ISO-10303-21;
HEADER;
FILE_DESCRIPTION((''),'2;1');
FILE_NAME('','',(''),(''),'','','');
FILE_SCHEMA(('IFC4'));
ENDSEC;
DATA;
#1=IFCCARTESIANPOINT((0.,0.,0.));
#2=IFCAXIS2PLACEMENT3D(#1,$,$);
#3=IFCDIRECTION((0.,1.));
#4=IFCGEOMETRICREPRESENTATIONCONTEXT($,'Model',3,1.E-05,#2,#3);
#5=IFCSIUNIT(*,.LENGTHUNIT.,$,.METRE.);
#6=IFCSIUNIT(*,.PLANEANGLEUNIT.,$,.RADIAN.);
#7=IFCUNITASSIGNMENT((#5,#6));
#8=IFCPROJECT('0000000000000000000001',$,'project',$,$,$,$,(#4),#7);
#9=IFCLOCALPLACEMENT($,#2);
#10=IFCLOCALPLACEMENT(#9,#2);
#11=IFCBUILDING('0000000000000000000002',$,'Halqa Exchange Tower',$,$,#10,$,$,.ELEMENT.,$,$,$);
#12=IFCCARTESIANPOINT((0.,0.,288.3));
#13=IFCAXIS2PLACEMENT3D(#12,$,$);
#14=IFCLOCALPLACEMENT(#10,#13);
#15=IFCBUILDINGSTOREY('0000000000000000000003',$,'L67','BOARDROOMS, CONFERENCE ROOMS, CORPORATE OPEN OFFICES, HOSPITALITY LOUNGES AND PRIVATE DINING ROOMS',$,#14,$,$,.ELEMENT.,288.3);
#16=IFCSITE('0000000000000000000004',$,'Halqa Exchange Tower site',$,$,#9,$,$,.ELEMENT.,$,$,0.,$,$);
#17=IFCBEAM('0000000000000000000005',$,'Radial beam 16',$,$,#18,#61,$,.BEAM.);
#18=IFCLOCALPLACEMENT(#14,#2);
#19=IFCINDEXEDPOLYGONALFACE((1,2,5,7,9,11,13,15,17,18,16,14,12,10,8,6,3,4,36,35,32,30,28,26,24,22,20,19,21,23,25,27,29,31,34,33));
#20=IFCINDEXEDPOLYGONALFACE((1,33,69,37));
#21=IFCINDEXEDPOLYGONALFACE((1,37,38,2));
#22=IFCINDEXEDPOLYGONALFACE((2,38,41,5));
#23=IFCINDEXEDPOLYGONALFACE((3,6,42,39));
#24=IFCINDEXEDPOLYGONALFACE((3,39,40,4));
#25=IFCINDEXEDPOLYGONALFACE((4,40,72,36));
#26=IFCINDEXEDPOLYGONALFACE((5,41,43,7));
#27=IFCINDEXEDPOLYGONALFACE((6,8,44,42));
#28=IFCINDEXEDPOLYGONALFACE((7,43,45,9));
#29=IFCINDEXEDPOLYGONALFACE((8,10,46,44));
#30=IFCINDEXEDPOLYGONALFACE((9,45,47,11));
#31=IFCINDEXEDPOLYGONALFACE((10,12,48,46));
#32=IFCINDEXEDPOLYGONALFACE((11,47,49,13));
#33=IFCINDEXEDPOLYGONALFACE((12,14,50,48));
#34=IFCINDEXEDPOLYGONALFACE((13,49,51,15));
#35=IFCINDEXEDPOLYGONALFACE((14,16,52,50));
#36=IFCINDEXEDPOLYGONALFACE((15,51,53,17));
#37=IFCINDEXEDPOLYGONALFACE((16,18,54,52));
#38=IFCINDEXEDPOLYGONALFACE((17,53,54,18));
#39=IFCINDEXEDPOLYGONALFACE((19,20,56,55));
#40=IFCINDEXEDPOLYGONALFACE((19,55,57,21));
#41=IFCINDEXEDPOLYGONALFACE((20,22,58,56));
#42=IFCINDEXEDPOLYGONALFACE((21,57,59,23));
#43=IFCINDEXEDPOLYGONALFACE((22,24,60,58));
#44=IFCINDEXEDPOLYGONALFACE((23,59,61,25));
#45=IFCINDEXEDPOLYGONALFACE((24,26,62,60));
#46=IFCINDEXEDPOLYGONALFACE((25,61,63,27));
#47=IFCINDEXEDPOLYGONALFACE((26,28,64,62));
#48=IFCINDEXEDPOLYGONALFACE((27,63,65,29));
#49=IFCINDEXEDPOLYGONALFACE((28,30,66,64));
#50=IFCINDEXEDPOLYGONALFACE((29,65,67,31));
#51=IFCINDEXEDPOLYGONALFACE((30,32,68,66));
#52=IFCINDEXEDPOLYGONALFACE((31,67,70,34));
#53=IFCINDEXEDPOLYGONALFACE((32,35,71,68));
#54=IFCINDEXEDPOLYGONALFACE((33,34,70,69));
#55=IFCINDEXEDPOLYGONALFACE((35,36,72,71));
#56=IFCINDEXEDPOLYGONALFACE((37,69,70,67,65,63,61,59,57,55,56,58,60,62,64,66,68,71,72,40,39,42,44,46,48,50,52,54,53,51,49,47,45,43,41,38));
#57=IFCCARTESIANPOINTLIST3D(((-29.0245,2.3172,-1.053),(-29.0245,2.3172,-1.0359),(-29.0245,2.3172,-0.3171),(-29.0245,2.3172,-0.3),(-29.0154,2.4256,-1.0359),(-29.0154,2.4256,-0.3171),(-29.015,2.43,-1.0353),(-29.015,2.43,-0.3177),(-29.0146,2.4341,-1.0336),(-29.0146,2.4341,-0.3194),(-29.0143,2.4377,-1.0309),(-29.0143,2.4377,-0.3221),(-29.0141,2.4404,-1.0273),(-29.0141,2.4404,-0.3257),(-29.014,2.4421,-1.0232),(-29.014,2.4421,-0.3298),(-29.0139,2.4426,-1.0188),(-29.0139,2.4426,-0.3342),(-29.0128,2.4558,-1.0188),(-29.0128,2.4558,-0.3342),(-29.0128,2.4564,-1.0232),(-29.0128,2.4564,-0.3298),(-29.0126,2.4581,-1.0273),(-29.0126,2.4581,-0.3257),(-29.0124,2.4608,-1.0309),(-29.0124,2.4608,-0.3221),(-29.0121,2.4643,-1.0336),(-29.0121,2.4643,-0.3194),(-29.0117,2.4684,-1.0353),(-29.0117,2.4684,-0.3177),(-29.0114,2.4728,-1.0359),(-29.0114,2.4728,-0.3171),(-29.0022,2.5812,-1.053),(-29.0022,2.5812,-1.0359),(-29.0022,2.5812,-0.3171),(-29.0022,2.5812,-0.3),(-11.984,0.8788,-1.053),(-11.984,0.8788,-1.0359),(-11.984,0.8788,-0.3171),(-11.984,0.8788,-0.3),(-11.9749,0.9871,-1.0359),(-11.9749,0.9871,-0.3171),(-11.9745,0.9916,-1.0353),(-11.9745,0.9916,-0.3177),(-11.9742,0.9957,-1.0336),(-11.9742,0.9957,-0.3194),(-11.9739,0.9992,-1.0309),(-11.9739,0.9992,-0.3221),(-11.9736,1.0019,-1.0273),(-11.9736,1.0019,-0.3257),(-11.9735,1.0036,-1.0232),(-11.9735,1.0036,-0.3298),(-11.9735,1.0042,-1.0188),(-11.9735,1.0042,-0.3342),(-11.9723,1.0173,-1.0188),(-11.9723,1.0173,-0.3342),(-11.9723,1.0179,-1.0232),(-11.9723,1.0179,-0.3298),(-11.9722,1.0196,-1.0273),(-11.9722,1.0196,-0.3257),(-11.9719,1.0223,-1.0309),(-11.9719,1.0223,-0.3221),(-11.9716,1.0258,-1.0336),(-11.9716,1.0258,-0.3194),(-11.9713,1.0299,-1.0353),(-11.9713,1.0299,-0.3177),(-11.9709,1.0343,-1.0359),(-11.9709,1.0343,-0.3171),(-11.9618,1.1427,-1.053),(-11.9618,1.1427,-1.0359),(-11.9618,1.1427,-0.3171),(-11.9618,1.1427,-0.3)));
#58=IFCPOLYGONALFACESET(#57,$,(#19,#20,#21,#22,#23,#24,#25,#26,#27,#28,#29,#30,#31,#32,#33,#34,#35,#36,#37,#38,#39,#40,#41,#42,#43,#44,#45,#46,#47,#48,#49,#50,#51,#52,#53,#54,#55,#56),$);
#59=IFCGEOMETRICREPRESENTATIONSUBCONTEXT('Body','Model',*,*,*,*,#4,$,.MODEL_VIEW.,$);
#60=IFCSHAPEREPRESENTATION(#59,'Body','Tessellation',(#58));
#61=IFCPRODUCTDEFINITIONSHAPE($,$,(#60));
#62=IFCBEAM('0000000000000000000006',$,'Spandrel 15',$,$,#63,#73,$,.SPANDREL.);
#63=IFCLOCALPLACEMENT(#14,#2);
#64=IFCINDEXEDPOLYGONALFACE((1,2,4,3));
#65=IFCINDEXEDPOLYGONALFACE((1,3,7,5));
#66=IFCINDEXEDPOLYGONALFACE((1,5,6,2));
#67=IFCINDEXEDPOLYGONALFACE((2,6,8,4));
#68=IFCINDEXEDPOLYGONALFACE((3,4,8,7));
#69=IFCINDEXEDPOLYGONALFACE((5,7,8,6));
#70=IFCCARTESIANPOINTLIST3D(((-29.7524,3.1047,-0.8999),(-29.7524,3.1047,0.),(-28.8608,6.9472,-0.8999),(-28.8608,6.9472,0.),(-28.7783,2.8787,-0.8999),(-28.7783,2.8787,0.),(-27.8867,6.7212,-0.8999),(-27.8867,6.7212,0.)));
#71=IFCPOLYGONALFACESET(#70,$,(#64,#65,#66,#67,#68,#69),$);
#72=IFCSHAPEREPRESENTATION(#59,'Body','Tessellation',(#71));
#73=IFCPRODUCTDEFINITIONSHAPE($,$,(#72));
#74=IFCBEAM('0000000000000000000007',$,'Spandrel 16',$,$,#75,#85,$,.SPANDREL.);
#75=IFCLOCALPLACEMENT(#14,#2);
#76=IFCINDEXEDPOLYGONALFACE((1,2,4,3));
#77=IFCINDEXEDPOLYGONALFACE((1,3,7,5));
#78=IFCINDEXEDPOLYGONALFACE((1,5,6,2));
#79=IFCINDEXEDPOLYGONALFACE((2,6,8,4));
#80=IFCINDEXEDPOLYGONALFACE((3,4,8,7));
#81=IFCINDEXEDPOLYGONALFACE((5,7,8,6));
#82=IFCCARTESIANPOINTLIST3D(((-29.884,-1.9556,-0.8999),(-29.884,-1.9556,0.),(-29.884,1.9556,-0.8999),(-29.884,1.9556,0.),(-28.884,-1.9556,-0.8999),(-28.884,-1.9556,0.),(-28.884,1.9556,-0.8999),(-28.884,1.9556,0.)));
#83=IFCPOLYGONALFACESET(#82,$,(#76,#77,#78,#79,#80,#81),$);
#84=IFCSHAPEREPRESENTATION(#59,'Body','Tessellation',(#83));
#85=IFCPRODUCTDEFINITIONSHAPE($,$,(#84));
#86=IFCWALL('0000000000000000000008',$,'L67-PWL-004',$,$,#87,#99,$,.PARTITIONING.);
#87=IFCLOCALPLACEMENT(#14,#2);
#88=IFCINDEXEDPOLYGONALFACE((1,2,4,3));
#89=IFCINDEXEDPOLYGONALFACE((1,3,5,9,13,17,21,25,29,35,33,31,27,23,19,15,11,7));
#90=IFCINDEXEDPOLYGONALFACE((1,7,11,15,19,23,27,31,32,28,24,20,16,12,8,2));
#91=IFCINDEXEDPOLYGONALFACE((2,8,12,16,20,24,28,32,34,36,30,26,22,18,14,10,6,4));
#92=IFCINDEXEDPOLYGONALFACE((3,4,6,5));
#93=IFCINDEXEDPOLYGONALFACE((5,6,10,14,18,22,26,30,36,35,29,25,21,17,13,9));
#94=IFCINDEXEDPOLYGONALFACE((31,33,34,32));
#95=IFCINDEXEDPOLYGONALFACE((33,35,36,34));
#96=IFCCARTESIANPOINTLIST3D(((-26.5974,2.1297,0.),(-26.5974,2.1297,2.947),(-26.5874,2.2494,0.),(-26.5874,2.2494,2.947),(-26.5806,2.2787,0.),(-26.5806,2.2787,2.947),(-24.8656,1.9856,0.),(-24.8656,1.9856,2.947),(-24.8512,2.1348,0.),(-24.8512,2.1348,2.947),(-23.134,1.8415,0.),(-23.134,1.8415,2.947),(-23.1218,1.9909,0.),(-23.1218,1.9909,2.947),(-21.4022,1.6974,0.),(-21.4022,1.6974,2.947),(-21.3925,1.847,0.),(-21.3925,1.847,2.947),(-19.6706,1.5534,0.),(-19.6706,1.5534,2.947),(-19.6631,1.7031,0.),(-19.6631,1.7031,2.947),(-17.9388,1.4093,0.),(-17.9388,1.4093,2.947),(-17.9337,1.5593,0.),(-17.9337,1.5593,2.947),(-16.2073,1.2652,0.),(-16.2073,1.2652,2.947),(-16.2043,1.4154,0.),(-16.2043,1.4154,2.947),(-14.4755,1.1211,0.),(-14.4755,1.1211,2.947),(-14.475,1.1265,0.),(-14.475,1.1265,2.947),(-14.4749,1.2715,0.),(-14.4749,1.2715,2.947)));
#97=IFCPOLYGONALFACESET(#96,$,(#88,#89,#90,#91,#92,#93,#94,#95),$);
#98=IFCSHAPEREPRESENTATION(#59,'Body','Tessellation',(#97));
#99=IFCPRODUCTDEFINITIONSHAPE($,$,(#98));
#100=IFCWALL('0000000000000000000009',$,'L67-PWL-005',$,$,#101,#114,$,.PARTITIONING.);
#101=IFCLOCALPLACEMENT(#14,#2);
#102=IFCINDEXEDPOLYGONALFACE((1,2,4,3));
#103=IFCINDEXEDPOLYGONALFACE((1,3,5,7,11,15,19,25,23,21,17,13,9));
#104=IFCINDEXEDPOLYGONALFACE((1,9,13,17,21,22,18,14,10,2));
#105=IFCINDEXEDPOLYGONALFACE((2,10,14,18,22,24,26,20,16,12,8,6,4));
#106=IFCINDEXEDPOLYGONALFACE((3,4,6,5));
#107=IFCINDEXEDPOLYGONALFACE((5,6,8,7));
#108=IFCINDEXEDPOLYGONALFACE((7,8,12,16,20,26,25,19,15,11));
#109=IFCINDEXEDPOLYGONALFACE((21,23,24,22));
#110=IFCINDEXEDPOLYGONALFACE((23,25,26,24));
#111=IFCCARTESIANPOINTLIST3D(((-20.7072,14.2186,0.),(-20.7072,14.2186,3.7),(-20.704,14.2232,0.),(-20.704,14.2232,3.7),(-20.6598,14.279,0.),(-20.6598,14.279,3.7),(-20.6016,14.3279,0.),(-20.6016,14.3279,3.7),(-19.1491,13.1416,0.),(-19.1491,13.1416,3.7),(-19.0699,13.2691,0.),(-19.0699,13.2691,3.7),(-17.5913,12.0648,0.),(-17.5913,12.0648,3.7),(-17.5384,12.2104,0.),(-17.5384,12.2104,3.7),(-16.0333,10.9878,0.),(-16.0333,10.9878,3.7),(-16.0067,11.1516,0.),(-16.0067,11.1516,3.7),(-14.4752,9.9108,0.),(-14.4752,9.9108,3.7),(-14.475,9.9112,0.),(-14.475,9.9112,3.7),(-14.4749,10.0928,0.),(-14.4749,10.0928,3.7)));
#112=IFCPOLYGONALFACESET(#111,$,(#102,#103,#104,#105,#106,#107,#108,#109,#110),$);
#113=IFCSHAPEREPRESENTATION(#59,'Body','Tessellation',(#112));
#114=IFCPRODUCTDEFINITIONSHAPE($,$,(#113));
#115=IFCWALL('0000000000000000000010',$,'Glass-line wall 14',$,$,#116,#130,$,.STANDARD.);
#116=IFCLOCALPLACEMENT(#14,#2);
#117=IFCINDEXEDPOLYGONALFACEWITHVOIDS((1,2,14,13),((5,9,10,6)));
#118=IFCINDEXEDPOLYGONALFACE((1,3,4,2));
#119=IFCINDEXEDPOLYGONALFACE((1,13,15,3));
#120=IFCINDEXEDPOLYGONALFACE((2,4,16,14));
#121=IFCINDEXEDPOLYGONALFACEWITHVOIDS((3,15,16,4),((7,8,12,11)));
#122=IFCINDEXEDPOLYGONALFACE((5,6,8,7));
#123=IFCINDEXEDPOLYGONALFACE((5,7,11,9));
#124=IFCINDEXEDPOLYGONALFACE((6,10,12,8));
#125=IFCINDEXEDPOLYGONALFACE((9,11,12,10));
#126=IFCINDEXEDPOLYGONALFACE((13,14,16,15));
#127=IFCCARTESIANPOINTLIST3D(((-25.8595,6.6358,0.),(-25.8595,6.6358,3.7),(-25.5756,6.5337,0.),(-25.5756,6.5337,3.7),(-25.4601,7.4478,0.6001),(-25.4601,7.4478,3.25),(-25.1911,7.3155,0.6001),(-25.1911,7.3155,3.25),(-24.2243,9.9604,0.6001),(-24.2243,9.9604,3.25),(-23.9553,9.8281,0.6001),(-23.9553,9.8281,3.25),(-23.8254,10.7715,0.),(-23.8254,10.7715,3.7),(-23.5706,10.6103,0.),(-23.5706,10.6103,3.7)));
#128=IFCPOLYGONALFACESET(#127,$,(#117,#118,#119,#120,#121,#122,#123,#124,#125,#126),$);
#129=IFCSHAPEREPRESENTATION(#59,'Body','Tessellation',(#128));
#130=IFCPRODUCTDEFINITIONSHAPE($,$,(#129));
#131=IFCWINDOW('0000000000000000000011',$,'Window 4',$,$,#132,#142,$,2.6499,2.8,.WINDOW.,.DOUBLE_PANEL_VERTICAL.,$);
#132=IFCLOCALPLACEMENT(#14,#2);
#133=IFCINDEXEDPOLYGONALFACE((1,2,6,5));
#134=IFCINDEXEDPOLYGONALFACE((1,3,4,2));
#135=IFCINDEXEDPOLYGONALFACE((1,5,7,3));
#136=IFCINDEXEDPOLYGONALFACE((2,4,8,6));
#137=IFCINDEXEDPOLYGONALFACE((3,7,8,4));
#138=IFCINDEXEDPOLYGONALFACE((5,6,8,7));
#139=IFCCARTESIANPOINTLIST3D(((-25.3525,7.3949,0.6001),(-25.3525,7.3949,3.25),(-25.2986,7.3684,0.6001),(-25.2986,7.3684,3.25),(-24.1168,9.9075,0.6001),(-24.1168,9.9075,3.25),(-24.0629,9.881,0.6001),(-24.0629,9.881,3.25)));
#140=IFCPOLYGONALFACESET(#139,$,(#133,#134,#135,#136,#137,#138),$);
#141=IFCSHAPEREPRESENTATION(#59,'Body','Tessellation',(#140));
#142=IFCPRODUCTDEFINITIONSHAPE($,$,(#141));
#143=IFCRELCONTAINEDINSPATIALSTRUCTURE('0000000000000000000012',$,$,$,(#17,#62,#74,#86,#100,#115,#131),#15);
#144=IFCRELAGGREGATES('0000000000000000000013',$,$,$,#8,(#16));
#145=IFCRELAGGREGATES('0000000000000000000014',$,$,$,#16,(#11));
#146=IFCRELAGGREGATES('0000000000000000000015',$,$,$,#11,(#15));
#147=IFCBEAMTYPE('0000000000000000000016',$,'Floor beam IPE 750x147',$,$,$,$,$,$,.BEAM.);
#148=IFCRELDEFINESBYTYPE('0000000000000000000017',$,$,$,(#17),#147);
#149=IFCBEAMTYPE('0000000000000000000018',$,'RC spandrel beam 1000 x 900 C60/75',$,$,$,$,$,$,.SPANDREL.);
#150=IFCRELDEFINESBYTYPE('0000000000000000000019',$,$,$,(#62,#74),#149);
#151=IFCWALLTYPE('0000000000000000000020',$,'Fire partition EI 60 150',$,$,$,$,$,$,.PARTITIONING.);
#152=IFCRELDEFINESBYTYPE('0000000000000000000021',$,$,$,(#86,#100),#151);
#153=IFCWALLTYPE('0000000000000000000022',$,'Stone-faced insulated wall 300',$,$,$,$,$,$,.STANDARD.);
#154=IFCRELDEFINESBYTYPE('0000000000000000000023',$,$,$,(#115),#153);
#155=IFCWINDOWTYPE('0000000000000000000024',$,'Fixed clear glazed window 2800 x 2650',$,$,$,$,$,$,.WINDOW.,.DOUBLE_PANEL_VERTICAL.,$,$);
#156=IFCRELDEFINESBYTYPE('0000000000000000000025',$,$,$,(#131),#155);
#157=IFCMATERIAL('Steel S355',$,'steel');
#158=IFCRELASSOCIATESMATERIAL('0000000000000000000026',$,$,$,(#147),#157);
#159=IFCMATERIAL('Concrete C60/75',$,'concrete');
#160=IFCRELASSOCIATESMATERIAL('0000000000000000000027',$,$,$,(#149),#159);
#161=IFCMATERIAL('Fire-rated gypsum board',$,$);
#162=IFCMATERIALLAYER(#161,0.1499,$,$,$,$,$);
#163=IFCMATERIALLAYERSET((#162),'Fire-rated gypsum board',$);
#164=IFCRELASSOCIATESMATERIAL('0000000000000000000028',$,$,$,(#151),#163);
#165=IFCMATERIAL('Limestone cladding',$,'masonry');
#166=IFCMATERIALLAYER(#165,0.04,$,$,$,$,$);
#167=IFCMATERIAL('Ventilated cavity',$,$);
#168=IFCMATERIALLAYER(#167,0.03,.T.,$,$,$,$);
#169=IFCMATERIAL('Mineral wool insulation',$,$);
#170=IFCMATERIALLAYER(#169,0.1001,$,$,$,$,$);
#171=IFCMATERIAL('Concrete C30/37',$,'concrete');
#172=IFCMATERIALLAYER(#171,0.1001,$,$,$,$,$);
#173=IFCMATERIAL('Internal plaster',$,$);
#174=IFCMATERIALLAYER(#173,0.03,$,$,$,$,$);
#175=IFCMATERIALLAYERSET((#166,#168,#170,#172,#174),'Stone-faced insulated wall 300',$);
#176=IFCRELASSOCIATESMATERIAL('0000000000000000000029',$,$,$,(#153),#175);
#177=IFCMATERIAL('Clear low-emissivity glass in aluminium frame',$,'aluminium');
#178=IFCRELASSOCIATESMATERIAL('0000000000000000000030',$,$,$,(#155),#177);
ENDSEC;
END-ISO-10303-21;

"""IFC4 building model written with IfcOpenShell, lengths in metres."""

from ifc_helpers import new_model, si_unit, direction, frame, frame_2d, origin, origin_2d, place, context, subcontext, project, spatial, polyline, rectangle, i_section, outline, extrude, material, layer, layer_set, material_profile, profile_set, type_object, element, fill, save


model = new_model("IFC4")

# Units and contexts
model_context = context("Model", 3, precision=1e-05, world=origin(), true_north=direction((0.0, 1.0)))
body_context = subcontext(model_context, "Body", "Model", "MODEL_VIEW")
ifc_project = project(units=[si_unit("LENGTHUNIT", "METRE"), si_unit("PLANEANGLEUNIT", "RADIAN")], contexts=[model_context])

# Site, building, storey
site_placement = place(None, origin())
site = spatial("IfcSite", under=ifc_project, at=site_placement, Name="Halqa Exchange Tower site", CompositionType="ELEMENT", RefElevation=0.0)
building_placement = place(site_placement, origin())
building = spatial("IfcBuilding", under=site, at=building_placement, Name="Halqa Exchange Tower", CompositionType="ELEMENT")
storey_placement = place(building_placement, frame((0.0, 0.0, 288.3)))
storey = spatial("IfcBuildingStorey", under=building, at=storey_placement, Name="L67", Description="BOARDROOMS, CONFERENCE ROOMS, CORPORATE OPEN OFFICES, HOSPITALITY LOUNGES AND PRIVATE DINING ROOMS", CompositionType="ELEMENT", Elevation=288.3)

# Shared definitions
ifc_material_1 = material(Name="Concrete C60/75", Category="concrete")

# Beams
ifc_material_2 = material(Name="Steel S355", Category="steel")
ifc_material_profile_1 = material_profile(ifc_material_2, i_section(OverallWidth=0.2649, OverallDepth=0.7529, WebThickness=0.0132, FlangeThickness=0.0171, FilletRadius=0.0171, at=origin_2d()), Name="IPE 750x147")
ifc_profile_set_1 = profile_set([ifc_material_profile_1], Name="Steel S355")
beam_type_1 = type_object("IfcBeamType", Name="Floor beam IPE 750x147", PredefinedType="BEAM", material=ifc_profile_set_1)
beam_1_placement = place(storey_placement, frame((-11.9729, 1.0107, -0.6765), z_axis=(-0.996456, 0.084116, 0.0), x_axis=(-0.084116, -0.996456, 0.0)))
element("IfcBeam", 1, at=beam_1_placement, inside=storey, type_object=beam_type_1, Name="Radial beam 16", PredefinedType="BEAM", context=body_context, shape_type="SweptSolid", body=[
    extrude(i_section(OverallWidth=0.2649, OverallDepth=0.7529, WebThickness=0.0132, FlangeThickness=0.0171, FilletRadius=0.0171, at=origin_2d()), origin(), (0.0, 0.0, 1.0), 17.1011),
])
ifc_material_profile_2 = material_profile(ifc_material_1, rectangle(XDim=1.0, YDim=0.8999, at=origin_2d()), Name="1000 x 900")
ifc_profile_set_2 = profile_set([ifc_material_profile_2], Name="Concrete C60/75")
beam_type_2 = type_object("IfcBeamType", Name="RC spandrel beam 1000 x 900 C60/75", PredefinedType="SPANDREL", material=ifc_profile_set_2)
beam_2_placement = place(storey_placement, frame((-28.3738, 6.8342, -0.45), z_axis=(-0.22603, -0.97412, 0.0), x_axis=(0.97412, -0.22603, 0.0)))
element("IfcBeam", 2, at=beam_2_placement, inside=storey, type_object=beam_type_2, Name="Spandrel 15", PredefinedType="SPANDREL", context=body_context, shape_type="SweptSolid", body=[
    extrude(rectangle(XDim=1.0, YDim=0.8999, at=origin_2d()), origin(), (0.0, 0.0, 1.0), 3.9446),
])
beam_3_placement = place(storey_placement, frame((-29.384, 1.9556, -0.45), z_axis=(0.0, -1.0, 0.0), x_axis=(1.0, 0.0, 0.0)))
element("IfcBeam", 3, at=beam_3_placement, inside=storey, type_object=beam_type_2, Name="Spandrel 16", PredefinedType="SPANDREL", context=body_context, shape_type="SweptSolid", body=[
    extrude(rectangle(XDim=1.0, YDim=0.8999, at=origin_2d()), origin(), (0.0, 0.0, 1.0), 3.9111),
])

# Walls
ifc_material_3 = material(Name="Fire-rated gypsum board")
ifc_layer_1 = layer(ifc_material_3, 0.1499)
ifc_layer_set_1 = layer_set([ifc_layer_1], Name="Fire-rated gypsum board")
wall_type_1 = type_object("IfcWallType", Name="Fire partition EI 60 150", PredefinedType="PARTITIONING", material=ifc_layer_set_1)
wall_1_placement = place(storey_placement, frame((-14.4692, 1.1958, 0.0), z_axis=(0.0, 0.0, 1.0), x_axis=(-0.996557, 0.082914, 0.0)))
element("IfcWall", 4, at=wall_1_placement, inside=storey, type_object=wall_type_1, Name="L67-PWL-004", PredefinedType="PARTITIONING", context=body_context, shape_type="SweptSolid", body=[
    extrude(outline(polyline([(0.012, -0.075), (1.7473, -0.075), (3.4827, -0.075), (5.218, -0.075), (6.9534, -0.075), (8.6887, -0.075), (10.4241, -0.075), (12.1594, -0.075), (12.1638, -0.0452), (12.1638, 0.075), (10.426, 0.075), (8.6885, 0.075), (6.9507, 0.075), (5.2131, 0.075), (3.4753, 0.075), (1.7378, 0.075), (0.0, 0.075), (0.0, 0.0696), (0.012, -0.075)])), origin(), (0.0, 0.0, 1.0), 2.947),
])
wall_2_placement = place(storey_placement, frame((-14.4326, 9.9724, 0.0), z_axis=(0.0, 0.0, 1.0), x_axis=(-0.822597, 0.568625, 0.0)))
element("IfcWall", 5, at=wall_2_placement, inside=storey, type_object=wall_type_1, Name="L67-PWL-005", PredefinedType="PARTITIONING", context=body_context, shape_type="SweptSolid", body=[
    extrude(outline(polyline([(0.1033, -0.075), (1.9653, -0.075), (3.8274, -0.075), (5.6892, -0.075), (7.5513, -0.075), (7.5713, -0.0017), (7.5759, 0.0693), (7.5759, 0.075), (5.6819, 0.075), (3.7881, 0.075), (1.894, 0.075), (0.0, 0.075), (0.0, 0.0745), (0.1033, -0.075)])), origin(), (0.0, 0.0, 1.0), 3.7),
])

# Wall, opening, window
ifc_material_4 = material(Name="Limestone cladding", Category="masonry")
ifc_layer_2 = layer(ifc_material_4, 0.04)
ifc_material_5 = material(Name="Ventilated cavity")
ifc_layer_3 = layer(ifc_material_5, 0.03, ventilated=True)
ifc_material_6 = material(Name="Mineral wool insulation")
ifc_layer_4 = layer(ifc_material_6, 0.1001)
ifc_material_7 = material(Name="Concrete C30/37", Category="concrete")
ifc_layer_5 = layer(ifc_material_7, 0.1001)
ifc_material_8 = material(Name="Internal plaster")
ifc_layer_6 = layer(ifc_material_8, 0.03)
ifc_layer_set_2 = layer_set([ifc_layer_2, ifc_layer_3, ifc_layer_4, ifc_layer_5, ifc_layer_6], Name="Stone-faced insulated wall 300")
wall_type_2 = type_object("IfcWallType", Name="Stone-faced insulated wall 300", PredefinedType="STANDARD", material=ifc_layer_set_2)
wall_3_placement = place(storey_placement, frame((-23.698, 10.6909, 0.0), z_axis=(0.0, 0.0, 1.0), x_axis=(-0.441335, -0.897342, 0.0)))
wall_3 = element("IfcWall", 6, at=wall_3_placement, inside=storey, type_object=wall_type_2, Name="Glass-line wall 14", PredefinedType="STANDARD", context=body_context, shape_type="SweptSolid", body=[
    extrude(outline(polyline([(-0.0161, -0.1499), (4.5928, -0.1499), (4.5591, 0.1499), (0.0161, 0.1499), (-0.0161, -0.1499)])), origin(), (0.0, 0.0, 1.0), 3.7),
])
opening_1_placement = place(wall_3_placement, frame((0.8879, 0.0, 0.6001)))
opening_1 = element("IfcOpeningElement", 7, at=opening_1_placement, cuts=wall_3, PredefinedType="OPENING", context=body_context, shape_type="SweptSolid", body=[
    extrude(rectangle(XDim=2.8, YDim=2.6499, at=frame_2d((1.3999, 1.325))), frame((0.0, 0.1621, 0.0), z_axis=(0.0, -1.0, 0.0), x_axis=(1.0, 0.0, 0.0)), (0.0, 0.0, 1.0), 0.324),
])
ifc_material_9 = material(Name="Clear low-emissivity glass in aluminium frame", Category="aluminium")
window_type = type_object("IfcWindowType", Name="Fixed clear glazed window 2800 x 2650", PartitioningType="DOUBLE_PANEL_VERTICAL", PredefinedType="WINDOW", material=ifc_material_9)
window_1_placement = place(opening_1_placement, origin())
window_1 = element("IfcWindow", 8, at=window_1_placement, inside=storey, type_object=window_type, Name="Window 4", OverallHeight=2.6499, OverallWidth=2.8, PartitioningType="DOUBLE_PANEL_VERTICAL", PredefinedType="WINDOW", context=body_context, shape_type="SweptSolid", body=[
    extrude(rectangle(XDim=2.8, YDim=2.6499, at=frame_2d((1.3999, 1.325))), frame((0.0, 0.03, 0.0), z_axis=(0.0, -1.0, 0.0), x_axis=(1.0, 0.0, 0.0)), (0.0, 0.0, 1.0), 0.0601),
])
fill(opening_1, window_1)

save(model, "model.ifc")
